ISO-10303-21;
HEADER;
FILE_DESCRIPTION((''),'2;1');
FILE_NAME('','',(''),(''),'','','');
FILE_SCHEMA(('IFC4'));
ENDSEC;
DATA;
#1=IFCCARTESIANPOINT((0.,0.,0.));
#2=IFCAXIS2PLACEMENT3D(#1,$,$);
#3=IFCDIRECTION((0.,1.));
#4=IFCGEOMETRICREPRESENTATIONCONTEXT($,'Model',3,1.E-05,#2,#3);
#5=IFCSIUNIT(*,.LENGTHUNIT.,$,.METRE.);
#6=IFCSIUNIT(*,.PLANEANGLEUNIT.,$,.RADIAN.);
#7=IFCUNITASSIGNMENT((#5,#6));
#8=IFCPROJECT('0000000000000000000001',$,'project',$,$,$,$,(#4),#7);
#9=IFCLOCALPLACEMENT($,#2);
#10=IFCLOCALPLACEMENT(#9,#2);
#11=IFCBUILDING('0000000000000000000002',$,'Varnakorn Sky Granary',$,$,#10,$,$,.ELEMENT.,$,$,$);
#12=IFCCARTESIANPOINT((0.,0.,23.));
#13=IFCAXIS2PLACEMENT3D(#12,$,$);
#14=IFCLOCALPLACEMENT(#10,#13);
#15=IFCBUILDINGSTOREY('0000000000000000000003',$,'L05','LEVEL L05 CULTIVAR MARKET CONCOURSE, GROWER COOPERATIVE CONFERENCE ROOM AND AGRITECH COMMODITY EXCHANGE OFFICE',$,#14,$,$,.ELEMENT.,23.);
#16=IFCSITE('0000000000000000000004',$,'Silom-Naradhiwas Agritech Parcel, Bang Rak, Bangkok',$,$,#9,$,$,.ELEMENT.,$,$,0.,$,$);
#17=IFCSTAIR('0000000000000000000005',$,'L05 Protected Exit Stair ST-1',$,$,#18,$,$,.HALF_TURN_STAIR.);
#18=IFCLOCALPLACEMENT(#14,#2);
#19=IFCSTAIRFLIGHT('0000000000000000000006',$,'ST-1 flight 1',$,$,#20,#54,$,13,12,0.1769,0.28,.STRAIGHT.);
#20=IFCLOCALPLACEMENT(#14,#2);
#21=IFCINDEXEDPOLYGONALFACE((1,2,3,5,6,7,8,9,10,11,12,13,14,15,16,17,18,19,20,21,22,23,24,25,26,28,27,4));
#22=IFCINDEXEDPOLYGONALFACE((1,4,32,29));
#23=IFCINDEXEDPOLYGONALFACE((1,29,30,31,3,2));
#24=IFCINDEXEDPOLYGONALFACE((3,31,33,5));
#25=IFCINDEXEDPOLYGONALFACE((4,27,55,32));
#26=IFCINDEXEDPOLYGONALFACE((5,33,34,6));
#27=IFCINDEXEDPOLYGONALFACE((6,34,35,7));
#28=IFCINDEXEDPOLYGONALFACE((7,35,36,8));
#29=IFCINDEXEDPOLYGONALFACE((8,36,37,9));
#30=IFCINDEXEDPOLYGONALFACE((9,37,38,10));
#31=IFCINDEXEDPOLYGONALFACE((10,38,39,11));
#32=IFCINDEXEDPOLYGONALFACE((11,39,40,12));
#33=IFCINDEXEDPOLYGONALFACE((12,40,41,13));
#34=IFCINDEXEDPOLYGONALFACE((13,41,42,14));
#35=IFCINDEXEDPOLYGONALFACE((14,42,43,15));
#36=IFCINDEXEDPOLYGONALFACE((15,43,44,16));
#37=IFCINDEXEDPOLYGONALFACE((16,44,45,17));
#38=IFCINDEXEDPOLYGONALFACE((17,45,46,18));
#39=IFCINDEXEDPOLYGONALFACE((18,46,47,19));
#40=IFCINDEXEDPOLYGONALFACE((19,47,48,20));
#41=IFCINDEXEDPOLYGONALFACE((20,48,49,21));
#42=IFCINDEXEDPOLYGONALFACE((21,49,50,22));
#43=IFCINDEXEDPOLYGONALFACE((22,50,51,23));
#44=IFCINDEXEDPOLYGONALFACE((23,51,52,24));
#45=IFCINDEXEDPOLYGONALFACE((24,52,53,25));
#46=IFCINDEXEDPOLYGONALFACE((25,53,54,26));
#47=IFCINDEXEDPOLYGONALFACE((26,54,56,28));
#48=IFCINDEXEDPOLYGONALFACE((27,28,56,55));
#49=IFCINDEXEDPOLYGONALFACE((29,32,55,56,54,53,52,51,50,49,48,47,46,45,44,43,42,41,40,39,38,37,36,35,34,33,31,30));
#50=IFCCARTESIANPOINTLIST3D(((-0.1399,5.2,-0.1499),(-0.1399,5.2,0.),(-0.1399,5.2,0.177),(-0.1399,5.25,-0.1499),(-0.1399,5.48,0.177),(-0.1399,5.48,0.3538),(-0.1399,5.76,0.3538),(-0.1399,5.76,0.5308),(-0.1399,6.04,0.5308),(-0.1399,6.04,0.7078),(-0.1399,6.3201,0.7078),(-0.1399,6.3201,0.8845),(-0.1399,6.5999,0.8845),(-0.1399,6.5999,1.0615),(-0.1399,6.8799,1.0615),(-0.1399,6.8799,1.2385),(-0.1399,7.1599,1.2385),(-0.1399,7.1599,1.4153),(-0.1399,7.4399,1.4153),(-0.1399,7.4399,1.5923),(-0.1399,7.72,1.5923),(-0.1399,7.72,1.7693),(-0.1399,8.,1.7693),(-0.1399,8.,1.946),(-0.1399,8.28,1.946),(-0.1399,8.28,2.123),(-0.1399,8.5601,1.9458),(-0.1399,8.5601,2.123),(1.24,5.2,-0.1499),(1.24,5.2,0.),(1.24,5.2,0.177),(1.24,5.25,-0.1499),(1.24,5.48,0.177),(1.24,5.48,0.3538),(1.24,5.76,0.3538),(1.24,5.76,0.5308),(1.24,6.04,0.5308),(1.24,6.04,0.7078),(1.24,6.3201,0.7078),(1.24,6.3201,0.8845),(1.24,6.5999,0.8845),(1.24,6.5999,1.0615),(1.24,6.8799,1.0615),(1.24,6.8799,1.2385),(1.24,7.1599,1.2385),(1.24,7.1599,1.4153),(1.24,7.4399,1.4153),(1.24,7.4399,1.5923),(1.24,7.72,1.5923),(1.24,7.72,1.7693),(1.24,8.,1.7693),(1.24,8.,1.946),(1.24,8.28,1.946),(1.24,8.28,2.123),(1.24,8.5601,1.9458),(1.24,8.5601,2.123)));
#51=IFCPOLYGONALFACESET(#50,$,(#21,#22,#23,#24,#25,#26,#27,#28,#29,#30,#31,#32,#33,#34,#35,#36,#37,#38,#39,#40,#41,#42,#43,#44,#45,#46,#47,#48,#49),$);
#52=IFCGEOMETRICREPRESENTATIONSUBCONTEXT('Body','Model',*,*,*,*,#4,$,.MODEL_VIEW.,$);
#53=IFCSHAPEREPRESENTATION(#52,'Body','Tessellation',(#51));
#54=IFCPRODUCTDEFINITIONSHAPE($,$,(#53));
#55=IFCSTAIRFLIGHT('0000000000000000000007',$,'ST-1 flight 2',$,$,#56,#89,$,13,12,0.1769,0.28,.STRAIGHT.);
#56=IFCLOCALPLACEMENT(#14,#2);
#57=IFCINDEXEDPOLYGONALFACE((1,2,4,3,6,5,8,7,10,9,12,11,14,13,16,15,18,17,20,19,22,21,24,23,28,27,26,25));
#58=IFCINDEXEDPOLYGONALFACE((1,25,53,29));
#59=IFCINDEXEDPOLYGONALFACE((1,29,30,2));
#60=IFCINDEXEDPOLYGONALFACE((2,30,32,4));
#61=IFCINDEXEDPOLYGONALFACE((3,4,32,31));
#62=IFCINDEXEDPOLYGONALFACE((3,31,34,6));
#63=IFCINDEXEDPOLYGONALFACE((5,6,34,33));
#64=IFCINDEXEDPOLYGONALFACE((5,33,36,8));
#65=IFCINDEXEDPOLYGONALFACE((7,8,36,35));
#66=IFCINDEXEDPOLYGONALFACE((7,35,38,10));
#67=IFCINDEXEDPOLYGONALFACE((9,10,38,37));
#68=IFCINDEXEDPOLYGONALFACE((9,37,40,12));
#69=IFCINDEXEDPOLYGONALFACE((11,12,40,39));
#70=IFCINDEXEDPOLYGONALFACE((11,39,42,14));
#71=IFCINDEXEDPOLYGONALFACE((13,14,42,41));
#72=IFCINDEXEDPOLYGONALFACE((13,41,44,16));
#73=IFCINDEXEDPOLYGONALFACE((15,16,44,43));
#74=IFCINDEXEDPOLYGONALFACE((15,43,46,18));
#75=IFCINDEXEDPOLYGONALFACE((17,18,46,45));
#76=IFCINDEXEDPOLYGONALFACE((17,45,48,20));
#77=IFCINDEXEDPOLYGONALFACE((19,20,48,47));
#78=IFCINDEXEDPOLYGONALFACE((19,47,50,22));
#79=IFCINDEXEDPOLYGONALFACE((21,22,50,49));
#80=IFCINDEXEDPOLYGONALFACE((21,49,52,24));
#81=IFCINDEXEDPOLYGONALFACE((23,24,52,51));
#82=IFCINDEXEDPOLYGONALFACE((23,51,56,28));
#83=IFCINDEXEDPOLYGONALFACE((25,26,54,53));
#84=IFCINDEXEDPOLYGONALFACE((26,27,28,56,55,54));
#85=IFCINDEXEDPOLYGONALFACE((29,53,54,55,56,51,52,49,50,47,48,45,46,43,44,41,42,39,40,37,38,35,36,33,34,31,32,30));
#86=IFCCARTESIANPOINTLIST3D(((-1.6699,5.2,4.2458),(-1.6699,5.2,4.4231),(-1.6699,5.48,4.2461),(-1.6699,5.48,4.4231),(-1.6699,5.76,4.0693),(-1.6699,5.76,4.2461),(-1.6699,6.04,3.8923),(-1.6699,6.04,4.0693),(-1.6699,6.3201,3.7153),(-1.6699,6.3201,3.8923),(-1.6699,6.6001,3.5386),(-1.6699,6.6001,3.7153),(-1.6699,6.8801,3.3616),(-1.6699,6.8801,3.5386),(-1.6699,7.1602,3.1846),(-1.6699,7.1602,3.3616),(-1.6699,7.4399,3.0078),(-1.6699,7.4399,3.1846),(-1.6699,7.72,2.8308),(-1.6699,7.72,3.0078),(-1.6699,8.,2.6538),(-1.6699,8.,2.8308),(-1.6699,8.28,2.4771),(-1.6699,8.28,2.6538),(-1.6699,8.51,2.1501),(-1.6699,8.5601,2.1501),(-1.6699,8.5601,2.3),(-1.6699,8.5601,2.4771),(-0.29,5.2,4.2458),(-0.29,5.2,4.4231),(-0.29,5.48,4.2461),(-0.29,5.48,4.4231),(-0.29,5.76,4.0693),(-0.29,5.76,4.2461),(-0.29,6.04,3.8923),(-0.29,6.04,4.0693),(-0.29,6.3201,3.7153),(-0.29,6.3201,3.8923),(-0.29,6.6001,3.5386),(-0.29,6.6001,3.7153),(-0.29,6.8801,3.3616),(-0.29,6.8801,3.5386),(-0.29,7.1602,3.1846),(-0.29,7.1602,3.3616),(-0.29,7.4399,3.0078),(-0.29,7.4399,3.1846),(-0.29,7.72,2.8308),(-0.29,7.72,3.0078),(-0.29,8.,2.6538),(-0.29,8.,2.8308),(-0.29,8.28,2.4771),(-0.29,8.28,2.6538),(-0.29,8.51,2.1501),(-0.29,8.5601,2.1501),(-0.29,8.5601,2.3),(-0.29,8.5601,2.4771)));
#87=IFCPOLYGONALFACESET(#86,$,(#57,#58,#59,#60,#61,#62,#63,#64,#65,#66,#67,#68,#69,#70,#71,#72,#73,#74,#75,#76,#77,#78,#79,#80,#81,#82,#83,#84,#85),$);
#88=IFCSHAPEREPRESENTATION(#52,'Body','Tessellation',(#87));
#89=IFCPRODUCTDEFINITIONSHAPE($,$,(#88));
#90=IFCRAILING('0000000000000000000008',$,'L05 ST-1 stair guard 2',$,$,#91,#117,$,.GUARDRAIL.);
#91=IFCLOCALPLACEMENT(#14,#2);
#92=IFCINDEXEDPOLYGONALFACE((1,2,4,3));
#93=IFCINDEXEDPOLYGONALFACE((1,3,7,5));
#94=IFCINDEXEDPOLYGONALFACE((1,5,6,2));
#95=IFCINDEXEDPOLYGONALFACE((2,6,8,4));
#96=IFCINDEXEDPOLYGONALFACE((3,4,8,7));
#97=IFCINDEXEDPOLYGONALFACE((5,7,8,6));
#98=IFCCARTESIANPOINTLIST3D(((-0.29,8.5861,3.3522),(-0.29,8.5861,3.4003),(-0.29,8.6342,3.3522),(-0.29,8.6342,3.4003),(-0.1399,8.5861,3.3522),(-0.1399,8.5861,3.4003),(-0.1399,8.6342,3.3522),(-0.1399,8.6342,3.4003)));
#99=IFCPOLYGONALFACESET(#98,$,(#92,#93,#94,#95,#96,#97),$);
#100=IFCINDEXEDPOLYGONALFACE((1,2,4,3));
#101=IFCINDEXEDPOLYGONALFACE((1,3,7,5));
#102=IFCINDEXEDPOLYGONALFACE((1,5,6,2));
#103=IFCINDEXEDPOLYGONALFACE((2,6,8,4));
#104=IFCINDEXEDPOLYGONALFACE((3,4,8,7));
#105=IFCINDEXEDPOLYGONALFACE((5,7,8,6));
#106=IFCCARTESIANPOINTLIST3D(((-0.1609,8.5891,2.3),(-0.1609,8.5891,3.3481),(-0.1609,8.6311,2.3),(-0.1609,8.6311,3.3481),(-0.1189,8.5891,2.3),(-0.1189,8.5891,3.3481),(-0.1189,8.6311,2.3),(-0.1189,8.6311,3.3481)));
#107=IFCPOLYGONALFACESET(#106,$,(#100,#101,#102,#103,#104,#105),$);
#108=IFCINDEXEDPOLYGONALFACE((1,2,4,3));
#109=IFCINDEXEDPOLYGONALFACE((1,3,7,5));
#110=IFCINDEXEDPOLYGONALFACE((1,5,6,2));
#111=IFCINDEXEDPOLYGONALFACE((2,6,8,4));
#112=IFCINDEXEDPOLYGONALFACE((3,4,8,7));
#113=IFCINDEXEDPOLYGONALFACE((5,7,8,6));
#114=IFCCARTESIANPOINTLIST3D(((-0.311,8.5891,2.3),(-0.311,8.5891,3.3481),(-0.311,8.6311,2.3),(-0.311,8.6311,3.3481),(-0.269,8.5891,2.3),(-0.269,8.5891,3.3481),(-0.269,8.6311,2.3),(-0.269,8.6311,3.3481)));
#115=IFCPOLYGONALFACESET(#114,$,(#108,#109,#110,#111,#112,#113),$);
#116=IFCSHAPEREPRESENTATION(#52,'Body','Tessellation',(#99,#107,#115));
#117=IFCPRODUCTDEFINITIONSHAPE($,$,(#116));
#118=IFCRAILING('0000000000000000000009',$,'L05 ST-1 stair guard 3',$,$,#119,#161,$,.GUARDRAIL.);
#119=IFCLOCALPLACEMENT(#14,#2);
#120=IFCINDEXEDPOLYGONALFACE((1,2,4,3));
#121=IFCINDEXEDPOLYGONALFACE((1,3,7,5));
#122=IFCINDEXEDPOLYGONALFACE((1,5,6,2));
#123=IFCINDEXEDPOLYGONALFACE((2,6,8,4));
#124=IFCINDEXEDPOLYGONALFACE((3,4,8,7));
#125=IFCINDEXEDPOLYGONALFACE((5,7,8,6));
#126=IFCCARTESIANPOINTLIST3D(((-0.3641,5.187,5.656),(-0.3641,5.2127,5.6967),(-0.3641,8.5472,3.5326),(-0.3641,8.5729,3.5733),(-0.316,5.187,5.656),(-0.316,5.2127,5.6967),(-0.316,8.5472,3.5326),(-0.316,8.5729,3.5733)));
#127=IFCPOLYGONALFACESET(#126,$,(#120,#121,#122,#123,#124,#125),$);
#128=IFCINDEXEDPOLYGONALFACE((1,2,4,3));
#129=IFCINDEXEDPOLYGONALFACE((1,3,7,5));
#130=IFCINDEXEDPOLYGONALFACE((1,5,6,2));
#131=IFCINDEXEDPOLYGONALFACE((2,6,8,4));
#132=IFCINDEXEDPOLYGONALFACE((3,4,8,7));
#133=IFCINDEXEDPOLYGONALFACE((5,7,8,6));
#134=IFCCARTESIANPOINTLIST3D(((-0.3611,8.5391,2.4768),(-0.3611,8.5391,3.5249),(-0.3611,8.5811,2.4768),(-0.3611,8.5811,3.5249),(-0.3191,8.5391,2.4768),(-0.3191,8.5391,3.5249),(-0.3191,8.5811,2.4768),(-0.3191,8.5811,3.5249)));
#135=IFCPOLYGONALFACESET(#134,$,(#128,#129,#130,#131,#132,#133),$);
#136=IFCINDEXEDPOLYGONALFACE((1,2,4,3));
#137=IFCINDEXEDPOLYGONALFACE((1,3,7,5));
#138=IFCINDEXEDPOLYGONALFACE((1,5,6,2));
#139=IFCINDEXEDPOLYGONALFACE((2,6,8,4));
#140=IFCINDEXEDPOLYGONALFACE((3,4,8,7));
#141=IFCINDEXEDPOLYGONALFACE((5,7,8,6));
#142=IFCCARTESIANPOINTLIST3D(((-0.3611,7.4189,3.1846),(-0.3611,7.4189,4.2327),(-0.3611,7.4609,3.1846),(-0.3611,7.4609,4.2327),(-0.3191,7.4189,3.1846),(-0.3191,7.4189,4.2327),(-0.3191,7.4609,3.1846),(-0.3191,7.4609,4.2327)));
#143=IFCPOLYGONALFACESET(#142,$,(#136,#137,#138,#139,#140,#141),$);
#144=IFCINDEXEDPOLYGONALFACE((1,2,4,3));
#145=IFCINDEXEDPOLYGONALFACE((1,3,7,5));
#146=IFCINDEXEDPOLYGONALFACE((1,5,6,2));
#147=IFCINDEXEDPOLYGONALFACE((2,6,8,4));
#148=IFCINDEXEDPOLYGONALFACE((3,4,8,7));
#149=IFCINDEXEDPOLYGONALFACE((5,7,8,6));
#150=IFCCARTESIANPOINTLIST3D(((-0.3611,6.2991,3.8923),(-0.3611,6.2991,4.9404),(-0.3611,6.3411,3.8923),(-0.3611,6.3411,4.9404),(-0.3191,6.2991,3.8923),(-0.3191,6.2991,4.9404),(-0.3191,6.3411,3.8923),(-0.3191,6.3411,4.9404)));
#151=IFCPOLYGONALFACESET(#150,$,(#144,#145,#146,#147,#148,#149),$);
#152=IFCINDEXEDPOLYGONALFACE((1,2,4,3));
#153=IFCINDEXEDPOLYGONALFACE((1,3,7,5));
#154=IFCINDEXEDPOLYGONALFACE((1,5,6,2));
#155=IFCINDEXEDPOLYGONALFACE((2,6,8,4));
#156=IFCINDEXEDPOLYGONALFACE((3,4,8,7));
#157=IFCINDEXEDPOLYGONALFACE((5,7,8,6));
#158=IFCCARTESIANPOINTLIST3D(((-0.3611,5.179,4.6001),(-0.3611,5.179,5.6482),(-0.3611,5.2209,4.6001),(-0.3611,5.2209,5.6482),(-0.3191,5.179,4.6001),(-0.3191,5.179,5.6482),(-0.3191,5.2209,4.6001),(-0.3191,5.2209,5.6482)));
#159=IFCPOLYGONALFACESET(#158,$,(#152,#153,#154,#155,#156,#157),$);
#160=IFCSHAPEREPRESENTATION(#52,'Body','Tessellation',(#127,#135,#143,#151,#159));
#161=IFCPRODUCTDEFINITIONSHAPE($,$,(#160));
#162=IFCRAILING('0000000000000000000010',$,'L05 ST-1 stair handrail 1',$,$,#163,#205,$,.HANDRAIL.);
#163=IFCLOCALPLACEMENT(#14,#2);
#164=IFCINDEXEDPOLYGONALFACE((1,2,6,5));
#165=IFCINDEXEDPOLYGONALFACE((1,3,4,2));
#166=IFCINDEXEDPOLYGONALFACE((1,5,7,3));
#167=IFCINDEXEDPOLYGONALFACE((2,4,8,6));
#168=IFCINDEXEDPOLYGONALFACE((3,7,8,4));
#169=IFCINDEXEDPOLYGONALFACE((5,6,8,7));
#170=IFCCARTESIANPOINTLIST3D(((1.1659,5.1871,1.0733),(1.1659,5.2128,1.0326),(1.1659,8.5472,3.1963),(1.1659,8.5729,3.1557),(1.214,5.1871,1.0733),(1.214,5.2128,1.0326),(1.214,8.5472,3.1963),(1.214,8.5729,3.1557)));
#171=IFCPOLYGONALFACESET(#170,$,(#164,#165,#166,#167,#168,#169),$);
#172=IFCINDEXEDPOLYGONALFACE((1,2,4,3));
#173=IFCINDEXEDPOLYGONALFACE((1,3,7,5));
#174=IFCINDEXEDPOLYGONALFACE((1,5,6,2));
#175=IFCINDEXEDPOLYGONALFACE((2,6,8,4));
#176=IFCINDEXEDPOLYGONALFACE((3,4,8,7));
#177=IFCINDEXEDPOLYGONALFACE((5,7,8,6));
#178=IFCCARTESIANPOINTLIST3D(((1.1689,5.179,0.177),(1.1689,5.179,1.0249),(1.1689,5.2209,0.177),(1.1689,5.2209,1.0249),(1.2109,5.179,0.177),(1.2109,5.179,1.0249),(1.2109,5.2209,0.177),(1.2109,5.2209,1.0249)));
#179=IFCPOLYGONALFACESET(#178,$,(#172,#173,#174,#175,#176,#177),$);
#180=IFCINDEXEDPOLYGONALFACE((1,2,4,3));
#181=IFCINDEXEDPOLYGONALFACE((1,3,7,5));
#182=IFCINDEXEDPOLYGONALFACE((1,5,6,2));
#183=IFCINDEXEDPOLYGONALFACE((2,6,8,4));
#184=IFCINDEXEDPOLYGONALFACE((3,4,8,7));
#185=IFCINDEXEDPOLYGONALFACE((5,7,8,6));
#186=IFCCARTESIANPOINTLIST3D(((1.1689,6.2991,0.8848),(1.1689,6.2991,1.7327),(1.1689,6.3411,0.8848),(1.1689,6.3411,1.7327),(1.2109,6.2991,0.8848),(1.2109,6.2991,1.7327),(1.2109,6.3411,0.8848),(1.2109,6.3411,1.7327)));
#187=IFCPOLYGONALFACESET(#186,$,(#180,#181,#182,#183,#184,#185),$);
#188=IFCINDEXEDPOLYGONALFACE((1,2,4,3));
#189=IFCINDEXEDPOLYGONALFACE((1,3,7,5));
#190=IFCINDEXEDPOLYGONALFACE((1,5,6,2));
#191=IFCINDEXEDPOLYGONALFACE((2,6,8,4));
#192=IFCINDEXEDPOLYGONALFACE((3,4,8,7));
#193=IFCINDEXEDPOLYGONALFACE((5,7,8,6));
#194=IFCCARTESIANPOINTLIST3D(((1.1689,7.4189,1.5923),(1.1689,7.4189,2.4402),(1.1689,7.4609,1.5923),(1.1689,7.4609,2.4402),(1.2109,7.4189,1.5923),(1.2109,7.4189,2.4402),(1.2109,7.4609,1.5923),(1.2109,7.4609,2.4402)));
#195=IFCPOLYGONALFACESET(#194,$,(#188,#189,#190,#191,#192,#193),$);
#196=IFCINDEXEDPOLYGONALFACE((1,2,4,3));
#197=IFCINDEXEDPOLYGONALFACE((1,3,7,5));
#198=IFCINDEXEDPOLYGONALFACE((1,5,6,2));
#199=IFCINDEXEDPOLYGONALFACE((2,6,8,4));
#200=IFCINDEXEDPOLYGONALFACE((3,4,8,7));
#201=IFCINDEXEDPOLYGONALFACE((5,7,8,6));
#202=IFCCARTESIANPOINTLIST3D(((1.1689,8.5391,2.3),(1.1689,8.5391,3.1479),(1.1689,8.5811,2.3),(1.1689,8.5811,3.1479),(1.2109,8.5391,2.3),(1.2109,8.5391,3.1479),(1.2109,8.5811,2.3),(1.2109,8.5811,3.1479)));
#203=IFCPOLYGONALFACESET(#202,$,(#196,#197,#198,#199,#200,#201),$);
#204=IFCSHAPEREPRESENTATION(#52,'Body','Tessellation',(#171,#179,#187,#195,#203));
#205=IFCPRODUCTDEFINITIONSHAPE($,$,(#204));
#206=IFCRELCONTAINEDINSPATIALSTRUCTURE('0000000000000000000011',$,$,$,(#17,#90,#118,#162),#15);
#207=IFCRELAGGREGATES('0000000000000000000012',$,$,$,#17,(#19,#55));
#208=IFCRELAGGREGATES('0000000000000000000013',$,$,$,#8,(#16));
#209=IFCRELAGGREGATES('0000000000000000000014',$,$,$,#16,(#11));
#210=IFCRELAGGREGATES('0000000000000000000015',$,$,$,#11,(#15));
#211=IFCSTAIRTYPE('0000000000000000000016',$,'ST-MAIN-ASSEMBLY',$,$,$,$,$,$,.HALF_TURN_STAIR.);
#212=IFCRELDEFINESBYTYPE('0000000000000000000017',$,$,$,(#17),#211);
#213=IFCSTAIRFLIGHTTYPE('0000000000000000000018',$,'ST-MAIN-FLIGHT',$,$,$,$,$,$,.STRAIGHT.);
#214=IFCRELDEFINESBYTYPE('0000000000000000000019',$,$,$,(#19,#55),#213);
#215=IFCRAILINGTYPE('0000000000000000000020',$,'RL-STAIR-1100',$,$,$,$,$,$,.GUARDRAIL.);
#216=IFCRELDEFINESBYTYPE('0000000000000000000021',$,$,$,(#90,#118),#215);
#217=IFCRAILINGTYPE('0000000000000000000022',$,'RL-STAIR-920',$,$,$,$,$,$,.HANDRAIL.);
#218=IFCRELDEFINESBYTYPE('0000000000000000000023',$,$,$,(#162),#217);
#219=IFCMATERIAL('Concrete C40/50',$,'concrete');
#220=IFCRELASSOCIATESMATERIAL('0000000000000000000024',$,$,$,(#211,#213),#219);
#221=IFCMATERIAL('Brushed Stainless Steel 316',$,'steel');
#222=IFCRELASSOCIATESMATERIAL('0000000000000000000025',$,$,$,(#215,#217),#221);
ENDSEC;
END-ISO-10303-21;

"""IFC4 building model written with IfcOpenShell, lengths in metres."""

from ifc_helpers import new_model, si_unit, direction, frame, origin, origin_2d, place, context, subcontext, project, spatial, polyline, rectangle, outline, extrude, material, type_object, element, aggregate, save


model = new_model("IFC4")

# Units and contexts
model_context = context("Model", 3, precision=1e-05, world=origin(), true_north=direction((0.0, 1.0)))
body_context = subcontext(model_context, "Body", "Model", "MODEL_VIEW")
ifc_project = project(units=[si_unit("LENGTHUNIT", "METRE"), si_unit("PLANEANGLEUNIT", "RADIAN")], contexts=[model_context])

# Site, building, storey
site_placement = place(None, origin())
site = spatial("IfcSite", under=ifc_project, at=site_placement, Name="Silom-Naradhiwas Agritech Parcel, Bang Rak, Bangkok", CompositionType="ELEMENT", RefElevation=0.0)
building_placement = place(site_placement, origin())
building = spatial("IfcBuilding", under=site, at=building_placement, Name="Varnakorn Sky Granary", CompositionType="ELEMENT")
storey_placement = place(building_placement, frame((0.0, 0.0, 23.0)))
storey = spatial("IfcBuildingStorey", under=building, at=storey_placement, Name="L05", Description="LEVEL L05 CULTIVAR MARKET CONCOURSE, GROWER COOPERATIVE CONFERENCE ROOM AND AGRITECH COMMODITY EXCHANGE OFFICE", CompositionType="ELEMENT", Elevation=23.0)

# Stair, stair flights
ifc_material_1 = material(Name="Concrete C40/50", Category="concrete")
stair_type = type_object("IfcStairType", Name="ST-MAIN-ASSEMBLY", PredefinedType="HALF_TURN_STAIR", material=ifc_material_1)
stair_placement = place(storey_placement, origin())
stair = element("IfcStair", 1, at=stair_placement, inside=storey, type_object=stair_type, Name="L05 Protected Exit Stair ST-1", PredefinedType="HALF_TURN_STAIR")
stair_flight_type = type_object("IfcStairFlightType", Name="ST-MAIN-FLIGHT", PredefinedType="STRAIGHT", material=ifc_material_1)
stair_flight_1_placement = place(storey_placement, frame((0.55, 5.2, 0.0), z_axis=(0.0, 0.0, 1.0), x_axis=(0.0, 1.0, 0.0)))
stair_flight_1 = element("IfcStairFlight", 2, at=stair_flight_1_placement, type_object=stair_flight_type, Name="ST-1 flight 1", NumberOfRisers=13, NumberOfTreads=12, PredefinedType="STRAIGHT", RiserHeight=0.1769, TreadLength=0.28, context=body_context, shape_type="SweptSolid", body=[
    extrude(outline(polyline([(0.0, -0.1499), (0.0, 0.0), (0.0, 0.177), (0.28, 0.177), (0.28, 0.3538), (0.5601, 0.3538), (0.5601, 0.5308), (0.8401, 0.5308), (0.8401, 0.7078), (1.1201, 0.7078), (1.1201, 0.8845), (1.3999, 0.8845), (1.3999, 1.0615), (1.6799, 1.0615), (1.6799, 1.2385), (1.96, 1.2385), (1.96, 1.4153), (2.24, 1.4153), (2.24, 1.5923), (2.52, 1.5923), (2.52, 1.7693), (2.8, 1.7693), (2.8, 1.946), (3.0801, 1.946), (3.0801, 2.123), (3.3601, 2.123), (3.3601, 2.3), (3.3601, 1.9458), (0.05, -0.1499), (0.0, -0.1499)])), frame((0.0, 0.6899, 0.0), z_axis=(0.0, -1.0, 0.0), x_axis=(1.0, 0.0, 0.0)), (0.0, 0.0, 1.0), 1.3799),
])
stair_flight_2_placement = place(storey_placement, frame((-0.98, 8.5601, 2.3), z_axis=(0.0, 0.0, 1.0), x_axis=(0.0, -1.0, 0.0)))
stair_flight_2 = element("IfcStairFlight", 3, at=stair_flight_2_placement, type_object=stair_flight_type, Name="ST-1 flight 2", NumberOfRisers=13, NumberOfTreads=12, PredefinedType="STRAIGHT", RiserHeight=0.1769, TreadLength=0.28, context=body_context, shape_type="SweptSolid", body=[
    extrude(outline(polyline([(0.0, -0.1499), (0.0, 0.0), (0.0, 0.177), (0.28, 0.177), (0.28, 0.3538), (0.5601, 0.3538), (0.5601, 0.5308), (0.8401, 0.5308), (0.8401, 0.7078), (1.1201, 0.7078), (1.1201, 0.8845), (1.3999, 0.8845), (1.3999, 1.0615), (1.6799, 1.0615), (1.6799, 1.2385), (1.96, 1.2385), (1.96, 1.4153), (2.24, 1.4153), (2.24, 1.5923), (2.52, 1.5923), (2.52, 1.7693), (2.8, 1.7693), (2.8, 1.946), (3.0801, 1.946), (3.0801, 2.123), (3.3601, 2.123), (3.3601, 2.3), (3.3601, 1.9458), (0.05, -0.1499), (0.0, -0.1499)])), frame((0.0, 0.6899, 0.0), z_axis=(0.0, -1.0, 0.0), x_axis=(1.0, 0.0, 0.0)), (0.0, 0.0, 1.0), 1.3799),
])
aggregate(stair, [stair_flight_1, stair_flight_2])

# Railings
ifc_material_2 = material(Name="Brushed Stainless Steel 316", Category="steel")
railing_type_1 = type_object("IfcRailingType", Name="RL-STAIR-1100", PredefinedType="GUARDRAIL", material=ifc_material_2)
railing_1_placement = place(storey_placement, frame((-0.1399, 8.6101, 2.3)))
element("IfcRailing", 4, at=railing_1_placement, inside=storey, type_object=railing_type_1, Name="L05 ST-1 stair guard 2", PredefinedType="GUARDRAIL", context=body_context, shape_type="SweptSolid", body=[
    extrude(rectangle(XDim=0.0481, YDim=0.0481, at=origin_2d()), frame((0.0, 0.0, 1.0762), z_axis=(-1.0, 0.0, 0.0), x_axis=(0.0, -1.0, 0.0)), (0.0, 0.0, 1.0), 0.1501),
    extrude(rectangle(XDim=0.042, YDim=0.042, at=origin_2d()), origin(), (0.0, 0.0, 1.0), 1.0481),
    extrude(rectangle(XDim=0.042, YDim=0.042, at=origin_2d()), frame((-0.1501, 0.0, 0.0)), (0.0, 0.0, 1.0), 1.0481),
])
railing_2_placement = place(storey_placement, frame((-0.3401, 8.5601, 2.4768)))
element("IfcRailing", 5, at=railing_2_placement, inside=storey, type_object=railing_type_1, Name="L05 ST-1 stair guard 3", PredefinedType="GUARDRAIL", context=body_context, shape_type="SweptSolid", body=[
    extrude(rectangle(XDim=0.0481, YDim=0.0481, at=origin_2d()), frame((0.0, 0.0, 1.0762), z_axis=(0.0, -0.845362, 0.534194), x_axis=(1.0, 0.0, 0.0)), (0.0, 0.0, 1.0), 3.9749),
    extrude(rectangle(XDim=0.042, YDim=0.042, at=origin_2d()), origin(), (0.0, 0.0, 1.0), 1.0481),
    extrude(rectangle(XDim=0.042, YDim=0.042, at=origin_2d()), frame((0.0, -1.1201, 0.7078)), (0.0, 0.0, 1.0), 1.0481),
    extrude(rectangle(XDim=0.042, YDim=0.042, at=origin_2d()), frame((0.0, -2.24, 1.4155)), (0.0, 0.0, 1.0), 1.0481),
    extrude(rectangle(XDim=0.042, YDim=0.042, at=origin_2d()), frame((0.0, -3.3601, 2.1233)), (0.0, 0.0, 1.0), 1.0481),
])
railing_type_2 = type_object("IfcRailingType", Name="RL-STAIR-920", PredefinedType="HANDRAIL", material=ifc_material_2)
railing_3_placement = place(storey_placement, frame((1.1899, 5.2, 0.177)))
element("IfcRailing", 6, at=railing_3_placement, inside=storey, type_object=railing_type_2, Name="L05 ST-1 stair handrail 1", PredefinedType="HANDRAIL", context=body_context, shape_type="SweptSolid", body=[
    extrude(rectangle(XDim=0.0481, YDim=0.0481, at=origin_2d()), frame((0.0, 0.0, 0.876), z_axis=(0.0, 0.84539, 0.53415), x_axis=(-1.0, 0.0, 0.0)), (0.0, 0.0, 1.0), 3.9746),
    extrude(rectangle(XDim=0.042, YDim=0.042, at=origin_2d()), origin(), (0.0, 0.0, 1.0), 0.8479),
    extrude(rectangle(XDim=0.042, YDim=0.042, at=origin_2d()), frame((0.0, 1.1201, 0.7078)), (0.0, 0.0, 1.0), 0.8479),
    extrude(rectangle(XDim=0.042, YDim=0.042, at=origin_2d()), frame((0.0, 2.24, 1.4153)), (0.0, 0.0, 1.0), 0.8479),
    extrude(rectangle(XDim=0.042, YDim=0.042, at=origin_2d()), frame((0.0, 3.3601, 2.123)), (0.0, 0.0, 1.0), 0.8479),
])

save(model, "model.ifc")
